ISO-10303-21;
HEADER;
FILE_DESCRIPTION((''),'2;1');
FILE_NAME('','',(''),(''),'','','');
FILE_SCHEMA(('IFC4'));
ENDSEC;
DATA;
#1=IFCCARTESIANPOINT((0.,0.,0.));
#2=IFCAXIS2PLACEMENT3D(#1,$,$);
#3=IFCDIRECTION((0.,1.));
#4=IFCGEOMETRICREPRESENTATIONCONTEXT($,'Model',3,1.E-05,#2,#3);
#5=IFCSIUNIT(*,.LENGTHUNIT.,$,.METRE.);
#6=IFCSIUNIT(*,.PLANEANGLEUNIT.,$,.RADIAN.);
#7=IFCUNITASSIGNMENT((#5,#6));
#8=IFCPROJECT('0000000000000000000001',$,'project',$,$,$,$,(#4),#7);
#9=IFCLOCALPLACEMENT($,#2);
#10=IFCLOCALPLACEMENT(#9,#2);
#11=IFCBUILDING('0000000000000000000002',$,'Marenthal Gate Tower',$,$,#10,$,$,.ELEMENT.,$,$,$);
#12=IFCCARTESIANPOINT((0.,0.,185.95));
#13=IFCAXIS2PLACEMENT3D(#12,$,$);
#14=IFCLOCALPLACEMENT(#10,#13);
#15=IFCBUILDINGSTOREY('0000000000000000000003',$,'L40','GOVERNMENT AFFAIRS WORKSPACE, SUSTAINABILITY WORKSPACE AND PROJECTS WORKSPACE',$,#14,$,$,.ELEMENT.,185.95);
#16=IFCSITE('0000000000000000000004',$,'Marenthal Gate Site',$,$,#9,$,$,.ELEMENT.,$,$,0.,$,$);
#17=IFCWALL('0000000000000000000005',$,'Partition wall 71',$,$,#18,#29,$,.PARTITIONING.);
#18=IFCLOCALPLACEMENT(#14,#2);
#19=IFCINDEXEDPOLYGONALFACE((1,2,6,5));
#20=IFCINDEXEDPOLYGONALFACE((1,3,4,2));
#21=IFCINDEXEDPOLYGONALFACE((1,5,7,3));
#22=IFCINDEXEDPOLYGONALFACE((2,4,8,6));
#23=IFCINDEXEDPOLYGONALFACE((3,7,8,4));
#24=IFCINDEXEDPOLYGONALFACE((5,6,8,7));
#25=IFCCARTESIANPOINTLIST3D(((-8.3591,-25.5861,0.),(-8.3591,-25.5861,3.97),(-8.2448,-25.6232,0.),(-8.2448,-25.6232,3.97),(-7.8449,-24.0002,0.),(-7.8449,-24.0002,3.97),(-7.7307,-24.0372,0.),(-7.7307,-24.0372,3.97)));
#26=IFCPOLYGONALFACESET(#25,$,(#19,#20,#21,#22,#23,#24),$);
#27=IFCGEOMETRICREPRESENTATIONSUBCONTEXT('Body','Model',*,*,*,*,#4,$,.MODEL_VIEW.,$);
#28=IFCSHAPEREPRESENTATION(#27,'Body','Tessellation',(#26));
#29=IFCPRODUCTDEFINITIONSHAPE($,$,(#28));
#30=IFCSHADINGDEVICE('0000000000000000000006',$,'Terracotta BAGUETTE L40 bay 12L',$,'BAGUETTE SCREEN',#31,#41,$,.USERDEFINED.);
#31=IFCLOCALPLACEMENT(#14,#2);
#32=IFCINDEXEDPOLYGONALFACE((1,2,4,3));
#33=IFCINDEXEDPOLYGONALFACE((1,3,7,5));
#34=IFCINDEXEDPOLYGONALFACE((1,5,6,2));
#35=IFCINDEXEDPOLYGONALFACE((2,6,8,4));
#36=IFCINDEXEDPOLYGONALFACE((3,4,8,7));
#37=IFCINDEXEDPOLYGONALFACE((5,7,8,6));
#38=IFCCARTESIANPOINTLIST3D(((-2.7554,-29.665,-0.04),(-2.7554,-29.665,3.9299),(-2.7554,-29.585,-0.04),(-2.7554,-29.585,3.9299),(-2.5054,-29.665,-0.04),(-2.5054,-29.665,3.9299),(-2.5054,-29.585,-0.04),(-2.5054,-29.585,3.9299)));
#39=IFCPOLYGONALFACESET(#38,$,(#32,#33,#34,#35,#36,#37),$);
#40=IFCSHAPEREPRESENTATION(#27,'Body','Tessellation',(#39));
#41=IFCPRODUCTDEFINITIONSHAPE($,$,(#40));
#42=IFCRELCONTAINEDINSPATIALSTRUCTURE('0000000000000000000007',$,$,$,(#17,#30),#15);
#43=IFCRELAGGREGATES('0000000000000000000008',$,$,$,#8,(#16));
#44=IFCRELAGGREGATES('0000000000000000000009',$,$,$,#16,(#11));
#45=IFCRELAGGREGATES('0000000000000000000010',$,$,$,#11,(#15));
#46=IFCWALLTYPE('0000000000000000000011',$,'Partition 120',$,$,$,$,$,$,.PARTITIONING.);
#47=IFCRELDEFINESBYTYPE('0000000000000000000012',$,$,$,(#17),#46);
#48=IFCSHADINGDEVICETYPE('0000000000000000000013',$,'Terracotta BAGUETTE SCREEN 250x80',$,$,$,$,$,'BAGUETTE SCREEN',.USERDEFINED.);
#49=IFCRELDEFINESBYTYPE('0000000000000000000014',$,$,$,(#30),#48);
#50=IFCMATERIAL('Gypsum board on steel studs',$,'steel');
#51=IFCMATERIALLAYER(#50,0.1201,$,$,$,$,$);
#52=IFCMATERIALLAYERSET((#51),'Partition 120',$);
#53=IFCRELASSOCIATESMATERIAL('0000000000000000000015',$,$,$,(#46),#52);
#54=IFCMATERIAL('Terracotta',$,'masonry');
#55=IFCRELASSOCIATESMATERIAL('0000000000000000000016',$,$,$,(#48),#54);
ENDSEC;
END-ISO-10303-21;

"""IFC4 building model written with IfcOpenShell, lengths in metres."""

from ifc_helpers import new_model, si_unit, direction, frame, frame_2d, origin, origin_2d, place, context, subcontext, project, spatial, rectangle, extrude, material, layer, layer_set, material_profile, profile_set, type_object, element, save


model = new_model("IFC4")

# Units and contexts
model_context = context("Model", 3, precision=1e-05, world=origin(), true_north=direction((0.0, 1.0)))
body_context = subcontext(model_context, "Body", "Model", "MODEL_VIEW")
ifc_project = project(units=[si_unit("LENGTHUNIT", "METRE"), si_unit("PLANEANGLEUNIT", "RADIAN")], contexts=[model_context])

# Site, building, storey
site_placement = place(None, origin())
site = spatial("IfcSite", under=ifc_project, at=site_placement, Name="Marenthal Gate Site", CompositionType="ELEMENT", RefElevation=0.0)
building_placement = place(site_placement, origin())
building = spatial("IfcBuilding", under=site, at=building_placement, Name="Marenthal Gate Tower", CompositionType="ELEMENT")
storey_placement = place(building_placement, frame((0.0, 0.0, 185.95)))
storey = spatial("IfcBuildingStorey", under=building, at=storey_placement, Name="L40", Description="GOVERNMENT AFFAIRS WORKSPACE, SUSTAINABILITY WORKSPACE AND PROJECTS WORKSPACE", CompositionType="ELEMENT", Elevation=185.95)

# Wall
ifc_material_1 = material(Name="Gypsum board on steel studs", Category="steel")
ifc_layer_1 = layer(ifc_material_1, 0.1201)
ifc_layer_set_1 = layer_set([ifc_layer_1], Name="Partition 120")
wall_type_1 = type_object("IfcWallType", Name="Partition 120", PredefinedType="PARTITIONING", material=ifc_layer_set_1)
wall_1_placement = place(storey_placement, frame((-7.7878, -24.0188, 0.0), z_axis=(0.0, 0.0, 1.0), x_axis=(-0.308397, -0.951258, 0.0)))
element("IfcWall", 1, at=wall_1_placement, inside=storey, type_object=wall_type_1, Name="Partition wall 71", PredefinedType="PARTITIONING", context=body_context, shape_type="SweptSolid", body=[
    extrude(rectangle(XDim=1.6672, YDim=0.1201, at=frame_2d((0.8335, 0.0))), origin(), (0.0, 0.0, 1.0), 3.97),
])

# Shading device
ifc_material_2 = material(Name="Terracotta", Category="masonry")
ifc_material_profile_1 = material_profile(ifc_material_2, rectangle(XDim=0.25, YDim=0.0801, at=origin_2d()), Name="Terracotta baguette 250x80")
ifc_profile_set_1 = profile_set([ifc_material_profile_1], Name="Terracotta")
shading_device_type = type_object("IfcShadingDeviceType", Name="Terracotta BAGUETTE SCREEN 250x80", ElementType="BAGUETTE SCREEN", PredefinedType="USERDEFINED", material=ifc_profile_set_1)
shading_device_placement = place(storey_placement, frame((-2.6304, -29.625, -0.04), z_axis=(0.0, 0.0, 1.0), x_axis=(1.0, 0.0, 0.0)))
element("IfcShadingDevice", 2, at=shading_device_placement, inside=storey, type_object=shading_device_type, Name="Terracotta BAGUETTE L40 bay 12L", ObjectType="BAGUETTE SCREEN", PredefinedType="USERDEFINED", context=body_context, shape_type="SweptSolid", body=[
    extrude(rectangle(XDim=0.25, YDim=0.0801, at=origin_2d()), origin(), (0.0, 0.0, 1.0), 3.97),
])

save(model, "model.ifc")
